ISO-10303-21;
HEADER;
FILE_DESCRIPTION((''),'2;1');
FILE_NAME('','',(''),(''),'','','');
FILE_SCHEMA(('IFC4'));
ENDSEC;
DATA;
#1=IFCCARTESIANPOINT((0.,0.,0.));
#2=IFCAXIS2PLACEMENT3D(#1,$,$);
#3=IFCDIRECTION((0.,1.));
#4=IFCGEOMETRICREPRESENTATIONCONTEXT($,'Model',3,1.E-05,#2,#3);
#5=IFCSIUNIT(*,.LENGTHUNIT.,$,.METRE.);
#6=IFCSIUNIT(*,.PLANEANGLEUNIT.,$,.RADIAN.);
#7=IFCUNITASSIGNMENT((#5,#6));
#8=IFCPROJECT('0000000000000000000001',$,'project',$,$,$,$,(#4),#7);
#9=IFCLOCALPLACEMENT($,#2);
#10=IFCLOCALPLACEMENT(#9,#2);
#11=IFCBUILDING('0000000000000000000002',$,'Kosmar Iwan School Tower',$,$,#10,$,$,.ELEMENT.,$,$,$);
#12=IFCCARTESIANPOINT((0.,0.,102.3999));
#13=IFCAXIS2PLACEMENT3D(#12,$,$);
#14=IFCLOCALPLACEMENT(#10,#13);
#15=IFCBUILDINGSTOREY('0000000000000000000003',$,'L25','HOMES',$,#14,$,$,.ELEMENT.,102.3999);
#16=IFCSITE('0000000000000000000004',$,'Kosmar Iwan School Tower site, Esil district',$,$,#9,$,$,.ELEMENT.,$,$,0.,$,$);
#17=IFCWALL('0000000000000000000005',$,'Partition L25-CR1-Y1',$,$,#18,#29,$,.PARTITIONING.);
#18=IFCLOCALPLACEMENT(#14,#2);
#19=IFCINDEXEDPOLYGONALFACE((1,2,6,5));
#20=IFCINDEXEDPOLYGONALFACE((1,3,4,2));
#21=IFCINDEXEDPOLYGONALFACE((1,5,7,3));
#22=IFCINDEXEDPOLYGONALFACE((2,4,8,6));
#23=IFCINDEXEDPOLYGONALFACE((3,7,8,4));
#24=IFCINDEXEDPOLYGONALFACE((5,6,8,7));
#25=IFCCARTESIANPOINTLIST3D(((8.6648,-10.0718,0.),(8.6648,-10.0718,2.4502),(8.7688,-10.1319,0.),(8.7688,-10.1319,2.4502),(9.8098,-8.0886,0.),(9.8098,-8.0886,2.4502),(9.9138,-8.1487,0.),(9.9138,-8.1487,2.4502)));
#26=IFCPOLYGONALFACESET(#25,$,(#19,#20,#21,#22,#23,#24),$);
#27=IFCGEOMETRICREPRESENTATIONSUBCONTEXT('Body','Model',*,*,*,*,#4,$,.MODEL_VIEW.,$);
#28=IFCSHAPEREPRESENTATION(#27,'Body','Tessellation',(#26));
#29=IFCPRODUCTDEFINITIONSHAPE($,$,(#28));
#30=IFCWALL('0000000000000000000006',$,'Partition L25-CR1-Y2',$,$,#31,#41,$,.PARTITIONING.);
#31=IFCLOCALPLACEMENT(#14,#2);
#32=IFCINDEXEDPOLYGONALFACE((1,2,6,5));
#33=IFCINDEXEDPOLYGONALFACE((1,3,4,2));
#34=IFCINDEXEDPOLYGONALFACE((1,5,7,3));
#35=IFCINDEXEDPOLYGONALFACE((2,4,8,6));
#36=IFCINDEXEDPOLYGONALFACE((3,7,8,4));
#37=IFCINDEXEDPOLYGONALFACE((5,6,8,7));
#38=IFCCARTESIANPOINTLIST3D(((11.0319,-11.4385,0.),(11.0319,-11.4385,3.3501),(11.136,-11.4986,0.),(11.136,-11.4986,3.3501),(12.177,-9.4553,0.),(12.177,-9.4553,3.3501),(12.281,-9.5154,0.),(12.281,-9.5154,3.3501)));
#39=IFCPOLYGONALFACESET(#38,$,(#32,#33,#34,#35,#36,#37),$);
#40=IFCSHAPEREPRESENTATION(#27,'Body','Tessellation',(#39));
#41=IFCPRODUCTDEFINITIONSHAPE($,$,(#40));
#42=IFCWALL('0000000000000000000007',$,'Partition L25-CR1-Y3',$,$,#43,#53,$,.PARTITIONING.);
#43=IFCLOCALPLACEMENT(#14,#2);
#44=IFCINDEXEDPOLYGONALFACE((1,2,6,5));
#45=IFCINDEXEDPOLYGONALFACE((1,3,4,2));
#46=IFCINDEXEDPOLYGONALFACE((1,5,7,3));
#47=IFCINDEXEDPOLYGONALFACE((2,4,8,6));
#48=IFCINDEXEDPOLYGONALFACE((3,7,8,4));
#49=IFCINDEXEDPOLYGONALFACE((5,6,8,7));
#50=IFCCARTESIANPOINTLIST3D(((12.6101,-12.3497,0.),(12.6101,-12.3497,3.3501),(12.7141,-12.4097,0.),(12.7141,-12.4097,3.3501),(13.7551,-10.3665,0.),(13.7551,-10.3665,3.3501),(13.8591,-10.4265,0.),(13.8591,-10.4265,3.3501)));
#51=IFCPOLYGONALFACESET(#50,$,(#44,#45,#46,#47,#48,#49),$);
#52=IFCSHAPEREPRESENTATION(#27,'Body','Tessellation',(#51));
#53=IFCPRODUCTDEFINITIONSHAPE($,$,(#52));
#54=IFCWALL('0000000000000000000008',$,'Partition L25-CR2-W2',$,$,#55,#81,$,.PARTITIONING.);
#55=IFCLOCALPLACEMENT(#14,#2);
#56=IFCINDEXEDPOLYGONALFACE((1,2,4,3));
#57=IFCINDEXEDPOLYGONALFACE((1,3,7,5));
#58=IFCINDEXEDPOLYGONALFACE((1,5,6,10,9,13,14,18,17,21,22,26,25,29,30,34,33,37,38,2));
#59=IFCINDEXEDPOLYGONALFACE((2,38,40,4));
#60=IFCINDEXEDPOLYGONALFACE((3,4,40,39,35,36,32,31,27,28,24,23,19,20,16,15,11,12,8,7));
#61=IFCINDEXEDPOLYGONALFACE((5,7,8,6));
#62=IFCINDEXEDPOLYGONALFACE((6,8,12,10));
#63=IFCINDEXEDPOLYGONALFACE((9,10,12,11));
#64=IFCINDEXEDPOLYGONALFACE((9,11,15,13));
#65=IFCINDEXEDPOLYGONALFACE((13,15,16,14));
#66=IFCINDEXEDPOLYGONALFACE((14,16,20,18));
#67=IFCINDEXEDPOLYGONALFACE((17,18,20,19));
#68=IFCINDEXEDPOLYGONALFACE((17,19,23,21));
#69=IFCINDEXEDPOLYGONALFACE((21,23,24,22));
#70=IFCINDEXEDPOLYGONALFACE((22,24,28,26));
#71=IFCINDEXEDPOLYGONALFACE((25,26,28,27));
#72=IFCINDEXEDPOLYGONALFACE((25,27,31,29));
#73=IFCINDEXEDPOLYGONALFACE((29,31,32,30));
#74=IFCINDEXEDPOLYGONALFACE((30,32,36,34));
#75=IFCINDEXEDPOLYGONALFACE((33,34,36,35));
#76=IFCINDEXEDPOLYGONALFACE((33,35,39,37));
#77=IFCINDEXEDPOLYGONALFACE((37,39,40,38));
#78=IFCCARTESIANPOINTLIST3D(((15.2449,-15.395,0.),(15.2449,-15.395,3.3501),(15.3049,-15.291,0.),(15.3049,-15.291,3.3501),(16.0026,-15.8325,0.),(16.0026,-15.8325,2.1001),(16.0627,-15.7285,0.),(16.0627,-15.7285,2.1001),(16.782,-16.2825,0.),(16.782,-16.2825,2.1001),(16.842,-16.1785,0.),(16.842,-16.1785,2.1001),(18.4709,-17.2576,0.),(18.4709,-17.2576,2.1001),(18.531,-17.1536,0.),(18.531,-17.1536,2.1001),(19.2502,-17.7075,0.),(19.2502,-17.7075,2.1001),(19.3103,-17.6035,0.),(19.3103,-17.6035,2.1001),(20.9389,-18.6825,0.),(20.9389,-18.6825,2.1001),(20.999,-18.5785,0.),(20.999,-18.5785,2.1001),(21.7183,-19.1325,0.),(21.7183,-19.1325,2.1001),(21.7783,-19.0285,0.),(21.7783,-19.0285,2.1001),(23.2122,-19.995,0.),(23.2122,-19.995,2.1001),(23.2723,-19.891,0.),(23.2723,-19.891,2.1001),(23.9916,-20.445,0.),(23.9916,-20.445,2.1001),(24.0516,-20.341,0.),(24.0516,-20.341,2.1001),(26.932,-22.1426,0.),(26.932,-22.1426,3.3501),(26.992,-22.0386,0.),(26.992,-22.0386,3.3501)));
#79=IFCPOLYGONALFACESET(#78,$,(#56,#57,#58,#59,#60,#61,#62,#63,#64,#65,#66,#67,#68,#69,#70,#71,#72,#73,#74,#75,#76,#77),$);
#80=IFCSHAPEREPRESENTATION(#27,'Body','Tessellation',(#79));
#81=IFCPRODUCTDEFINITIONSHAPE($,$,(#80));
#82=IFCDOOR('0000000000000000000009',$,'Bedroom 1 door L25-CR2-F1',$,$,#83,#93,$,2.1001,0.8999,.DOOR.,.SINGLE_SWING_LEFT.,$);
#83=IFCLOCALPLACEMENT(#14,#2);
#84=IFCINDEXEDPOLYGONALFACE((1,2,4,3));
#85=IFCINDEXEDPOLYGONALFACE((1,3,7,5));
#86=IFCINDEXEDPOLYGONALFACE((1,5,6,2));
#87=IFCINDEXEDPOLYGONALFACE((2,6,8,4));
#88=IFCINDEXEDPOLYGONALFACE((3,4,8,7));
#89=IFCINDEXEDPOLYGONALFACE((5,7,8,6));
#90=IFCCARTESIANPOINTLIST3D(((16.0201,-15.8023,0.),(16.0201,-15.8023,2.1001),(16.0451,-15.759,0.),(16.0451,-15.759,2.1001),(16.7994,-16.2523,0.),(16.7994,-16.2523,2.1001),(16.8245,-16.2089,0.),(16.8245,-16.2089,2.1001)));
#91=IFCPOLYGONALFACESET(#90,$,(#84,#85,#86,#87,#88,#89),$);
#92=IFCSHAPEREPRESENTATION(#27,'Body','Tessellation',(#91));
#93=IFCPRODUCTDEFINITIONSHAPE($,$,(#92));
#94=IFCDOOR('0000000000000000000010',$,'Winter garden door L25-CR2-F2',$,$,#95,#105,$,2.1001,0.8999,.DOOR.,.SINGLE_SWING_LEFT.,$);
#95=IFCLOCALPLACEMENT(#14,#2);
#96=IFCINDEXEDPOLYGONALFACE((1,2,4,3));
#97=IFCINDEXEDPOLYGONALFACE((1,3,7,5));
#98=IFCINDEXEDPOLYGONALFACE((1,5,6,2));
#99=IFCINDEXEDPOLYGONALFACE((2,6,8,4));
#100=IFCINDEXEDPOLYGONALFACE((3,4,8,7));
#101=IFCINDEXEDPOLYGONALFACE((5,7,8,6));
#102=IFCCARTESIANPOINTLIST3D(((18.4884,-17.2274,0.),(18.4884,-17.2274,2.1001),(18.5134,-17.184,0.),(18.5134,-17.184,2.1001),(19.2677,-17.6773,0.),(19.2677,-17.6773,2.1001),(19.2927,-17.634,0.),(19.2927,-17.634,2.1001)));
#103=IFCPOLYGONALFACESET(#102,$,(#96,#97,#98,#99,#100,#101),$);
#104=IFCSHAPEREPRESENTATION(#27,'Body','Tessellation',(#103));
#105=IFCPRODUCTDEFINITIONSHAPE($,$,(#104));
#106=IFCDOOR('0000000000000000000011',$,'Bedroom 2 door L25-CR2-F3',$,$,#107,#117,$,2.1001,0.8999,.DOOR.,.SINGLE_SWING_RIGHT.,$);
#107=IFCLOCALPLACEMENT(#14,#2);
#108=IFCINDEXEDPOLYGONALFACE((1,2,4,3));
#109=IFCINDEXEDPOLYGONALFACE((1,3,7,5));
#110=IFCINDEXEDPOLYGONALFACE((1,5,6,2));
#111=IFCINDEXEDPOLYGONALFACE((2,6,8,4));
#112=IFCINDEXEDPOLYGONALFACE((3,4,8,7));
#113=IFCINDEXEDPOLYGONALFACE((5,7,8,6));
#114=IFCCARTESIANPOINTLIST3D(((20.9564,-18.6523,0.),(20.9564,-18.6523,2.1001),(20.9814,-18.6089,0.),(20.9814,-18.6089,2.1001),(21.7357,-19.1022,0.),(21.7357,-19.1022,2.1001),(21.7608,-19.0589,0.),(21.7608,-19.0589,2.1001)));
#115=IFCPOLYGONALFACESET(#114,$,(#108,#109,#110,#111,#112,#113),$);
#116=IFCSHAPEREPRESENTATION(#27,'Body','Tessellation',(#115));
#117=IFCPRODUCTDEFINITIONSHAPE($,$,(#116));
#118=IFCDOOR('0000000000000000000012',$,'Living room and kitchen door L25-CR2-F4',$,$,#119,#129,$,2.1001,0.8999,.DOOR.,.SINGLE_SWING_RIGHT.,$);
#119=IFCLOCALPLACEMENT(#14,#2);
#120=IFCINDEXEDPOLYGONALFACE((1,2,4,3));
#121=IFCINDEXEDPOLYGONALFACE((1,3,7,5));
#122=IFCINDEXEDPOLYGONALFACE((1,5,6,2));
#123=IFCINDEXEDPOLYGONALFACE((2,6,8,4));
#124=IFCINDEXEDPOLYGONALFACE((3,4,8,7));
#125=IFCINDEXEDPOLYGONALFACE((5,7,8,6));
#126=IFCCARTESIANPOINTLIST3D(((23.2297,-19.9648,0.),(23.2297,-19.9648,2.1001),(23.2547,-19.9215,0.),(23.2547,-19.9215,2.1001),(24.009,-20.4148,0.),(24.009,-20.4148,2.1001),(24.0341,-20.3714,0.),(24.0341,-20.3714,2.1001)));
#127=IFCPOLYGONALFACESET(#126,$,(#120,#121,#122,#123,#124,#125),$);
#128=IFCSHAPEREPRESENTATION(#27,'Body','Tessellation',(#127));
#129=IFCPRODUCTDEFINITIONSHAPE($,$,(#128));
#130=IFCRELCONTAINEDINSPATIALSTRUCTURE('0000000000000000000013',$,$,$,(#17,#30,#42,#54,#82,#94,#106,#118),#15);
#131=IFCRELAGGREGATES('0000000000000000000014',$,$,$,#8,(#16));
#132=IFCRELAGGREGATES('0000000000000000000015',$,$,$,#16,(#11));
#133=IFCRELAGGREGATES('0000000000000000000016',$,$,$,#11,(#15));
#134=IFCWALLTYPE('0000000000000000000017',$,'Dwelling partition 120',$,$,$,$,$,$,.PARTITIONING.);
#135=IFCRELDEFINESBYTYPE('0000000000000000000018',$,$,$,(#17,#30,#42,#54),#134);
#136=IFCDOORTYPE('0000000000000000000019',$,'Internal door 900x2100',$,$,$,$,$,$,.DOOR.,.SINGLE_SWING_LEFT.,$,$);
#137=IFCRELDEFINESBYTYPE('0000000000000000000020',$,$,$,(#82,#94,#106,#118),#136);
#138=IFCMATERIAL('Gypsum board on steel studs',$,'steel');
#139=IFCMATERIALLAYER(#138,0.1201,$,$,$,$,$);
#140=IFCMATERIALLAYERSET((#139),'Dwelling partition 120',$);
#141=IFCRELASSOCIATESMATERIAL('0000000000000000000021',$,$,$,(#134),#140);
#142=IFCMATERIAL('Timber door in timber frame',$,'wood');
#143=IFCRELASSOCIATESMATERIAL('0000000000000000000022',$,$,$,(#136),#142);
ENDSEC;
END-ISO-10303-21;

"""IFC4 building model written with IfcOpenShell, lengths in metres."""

from ifc_helpers import new_model, si_unit, direction, frame, frame_2d, origin, place, context, subcontext, project, spatial, rectangle, extrude, material, layer, layer_set, type_object, element, fill, save


model = new_model("IFC4")

# Units and contexts
model_context = context("Model", 3, precision=1e-05, world=origin(), true_north=direction((0.0, 1.0)))
body_context = subcontext(model_context, "Body", "Model", "MODEL_VIEW")
ifc_project = project(units=[si_unit("LENGTHUNIT", "METRE"), si_unit("PLANEANGLEUNIT", "RADIAN")], contexts=[model_context])

# Site, building, storey
site_placement = place(None, origin())
site = spatial("IfcSite", under=ifc_project, at=site_placement, Name="Kosmar Iwan School Tower site, Esil district", CompositionType="ELEMENT", RefElevation=0.0)
building_placement = place(site_placement, origin())
building = spatial("IfcBuilding", under=site, at=building_placement, Name="Kosmar Iwan School Tower", CompositionType="ELEMENT")
storey_placement = place(building_placement, frame((0.0, 0.0, 102.3999)))
storey = spatial("IfcBuildingStorey", under=building, at=storey_placement, Name="L25", Description="HOMES", CompositionType="ELEMENT", Elevation=102.3999)

# Walls
ifc_material_1 = material(Name="Gypsum board on steel studs", Category="steel")
ifc_layer_1 = layer(ifc_material_1, 0.1201)
ifc_layer_set_1 = layer_set([ifc_layer_1], Name="Dwelling partition 120")
wall_type_1 = type_object("IfcWallType", Name="Dwelling partition 120", PredefinedType="PARTITIONING", material=ifc_layer_set_1)
wall_1_placement = place(storey_placement, frame((9.8618, -8.1187, 0.0), z_axis=(0.0, 0.0, 1.0), x_axis=(-0.500015, -0.866017, 0.0)))
element("IfcWall", 1, at=wall_1_placement, inside=storey, type_object=wall_type_1, Name="Partition L25-CR1-Y1", PredefinedType="PARTITIONING", context=body_context, shape_type="SweptSolid", body=[
    extrude(rectangle(XDim=2.29, YDim=0.1201, at=frame_2d((1.145, 0.0))), origin(), (0.0, 0.0, 1.0), 2.4502),
])
for number, where, z_axis, x_axis, name in (
    (2, (12.229, -9.4854, 0.0), (0.0, 0.0, 1.0), (-0.500015, -0.866017, 0.0), "Partition L25-CR1-Y2"),
    (3, (13.8071, -10.3965, 0.0), (0.0, 0.0, 1.0), (-0.500015, -0.866017, 0.0), "Partition L25-CR1-Y3"),
):
    element("IfcWall", number, at=place(storey_placement, frame(where, z_axis=z_axis, x_axis=x_axis)), inside=storey, type_object=wall_type_1, Name=name, PredefinedType="PARTITIONING", context=body_context, shape_type="SweptSolid", body=[
        extrude(rectangle(XDim=2.29, YDim=0.1201, at=frame_2d((1.145, 0.0))), origin(), (0.0, 0.0, 1.0), 3.3501),
    ])

# Wall, openings, doors
wall_2_placement = place(storey_placement, frame((15.2749, -15.343, 0.0), z_axis=(0.0, 0.0, 1.0), x_axis=(0.866024, -0.500003, 0.0)))
wall_2 = element("IfcWall", 4, at=wall_2_placement, inside=storey, type_object=wall_type_1, Name="Partition L25-CR2-W2", PredefinedType="PARTITIONING", context=body_context, shape_type="SweptSolid", body=[
    extrude(rectangle(XDim=13.4951, YDim=0.1201, at=frame_2d((6.7476, 0.0))), origin(), (0.0, 0.0, 1.0), 3.3501),
])
opening_1_placement = place(wall_2_placement, frame((0.875, 0.0, 0.0)))
opening_1 = element("IfcOpeningElement", 5, at=opening_1_placement, cuts=wall_2, PredefinedType="OPENING", context=body_context, shape_type="SweptSolid", body=[
    extrude(rectangle(XDim=0.8999, YDim=2.1001, at=frame_2d((0.45, 1.05))), frame((0.0, 0.072, 0.0), z_axis=(0.0, -1.0, 0.0), x_axis=(1.0, 0.0, 0.0)), (0.0, 0.0, 1.0), 0.144),
])
opening_2_placement = place(wall_2_placement, frame((3.7251, 0.0, 0.0)))
opening_2 = element("IfcOpeningElement", 6, at=opening_2_placement, cuts=wall_2, PredefinedType="OPENING", context=body_context, shape_type="SweptSolid", body=[
    extrude(rectangle(XDim=0.8999, YDim=2.1001, at=frame_2d((0.45, 1.05))), frame((0.0, 0.072, 0.0), z_axis=(0.0, -1.0, 0.0), x_axis=(1.0, 0.0, 0.0)), (0.0, 0.0, 1.0), 0.144),
])
opening_3_placement = place(wall_2_placement, frame((6.575, 0.0, 0.0)))
opening_3 = element("IfcOpeningElement", 7, at=opening_3_placement, cuts=wall_2, PredefinedType="OPENING", context=body_context, shape_type="SweptSolid", body=[
    extrude(rectangle(XDim=0.8999, YDim=2.1001, at=frame_2d((0.45, 1.05))), frame((0.0, 0.072, 0.0), z_axis=(0.0, -1.0, 0.0), x_axis=(1.0, 0.0, 0.0)), (0.0, 0.0, 1.0), 0.144),
])
opening_4_placement = place(wall_2_placement, frame((9.2, 0.0, 0.0)))
opening_4 = element("IfcOpeningElement", 8, at=opening_4_placement, cuts=wall_2, PredefinedType="OPENING", context=body_context, shape_type="SweptSolid", body=[
    extrude(rectangle(XDim=0.8999, YDim=2.1001, at=frame_2d((0.45, 1.05))), frame((0.0, 0.072, 0.0), z_axis=(0.0, -1.0, 0.0), x_axis=(1.0, 0.0, 0.0)), (0.0, 0.0, 1.0), 0.144),
])
ifc_material_2 = material(Name="Timber door in timber frame", Category="wood")
door_type_1 = type_object("IfcDoorType", Name="Internal door 900x2100", OperationType="SINGLE_SWING_LEFT", PredefinedType="DOOR", material=ifc_material_2)
door_1_placement = place(opening_1_placement, origin())
door_1 = element("IfcDoor", 9, at=door_1_placement, inside=storey, type_object=door_type_1, Name="Bedroom 1 door L25-CR2-F1", OperationType="SINGLE_SWING_LEFT", OverallHeight=2.1001, OverallWidth=0.8999, PredefinedType="DOOR", context=body_context, shape_type="SweptSolid", body=[
    extrude(rectangle(XDim=0.8999, YDim=2.1001, at=frame_2d((0.45, 1.05))), frame((0.0, 0.0249, 0.0), z_axis=(0.0, -1.0, 0.0), x_axis=(1.0, 0.0, 0.0)), (0.0, 0.0, 1.0), 0.05),
])
fill(opening_1, door_1)
door_2_placement = place(opening_2_placement, origin())
door_2 = element("IfcDoor", 10, at=door_2_placement, inside=storey, type_object=door_type_1, Name="Winter garden door L25-CR2-F2", OperationType="SINGLE_SWING_LEFT", OverallHeight=2.1001, OverallWidth=0.8999, PredefinedType="DOOR", context=body_context, shape_type="SweptSolid", body=[
    extrude(rectangle(XDim=0.8999, YDim=2.1001, at=frame_2d((0.45, 1.05))), frame((0.0, 0.0249, 0.0), z_axis=(0.0, -1.0, 0.0), x_axis=(1.0, 0.0, 0.0)), (0.0, 0.0, 1.0), 0.05),
])
fill(opening_2, door_2)
door_3_placement = place(opening_3_placement, origin())
door_3 = element("IfcDoor", 11, at=door_3_placement, inside=storey, type_object=door_type_1, Name="Bedroom 2 door L25-CR2-F3", OperationType="SINGLE_SWING_RIGHT", OverallHeight=2.1001, OverallWidth=0.8999, PredefinedType="DOOR", context=body_context, shape_type="SweptSolid", body=[
    extrude(rectangle(XDim=0.8999, YDim=2.1001, at=frame_2d((0.45, 1.05))), frame((0.0, 0.0249, 0.0), z_axis=(0.0, -1.0, 0.0), x_axis=(1.0, 0.0, 0.0)), (0.0, 0.0, 1.0), 0.05),
])
fill(opening_3, door_3)
door_4_placement = place(opening_4_placement, origin())
door_4 = element("IfcDoor", 12, at=door_4_placement, inside=storey, type_object=door_type_1, Name="Living room and kitchen door L25-CR2-F4", OperationType="SINGLE_SWING_RIGHT", OverallHeight=2.1001, OverallWidth=0.8999, PredefinedType="DOOR", context=body_context, shape_type="SweptSolid", body=[
    extrude(rectangle(XDim=0.8999, YDim=2.1001, at=frame_2d((0.45, 1.05))), frame((0.0, 0.0249, 0.0), z_axis=(0.0, -1.0, 0.0), x_axis=(1.0, 0.0, 0.0)), (0.0, 0.0, 1.0), 0.05),
])
fill(opening_4, door_4)

save(model, "model.ifc")
